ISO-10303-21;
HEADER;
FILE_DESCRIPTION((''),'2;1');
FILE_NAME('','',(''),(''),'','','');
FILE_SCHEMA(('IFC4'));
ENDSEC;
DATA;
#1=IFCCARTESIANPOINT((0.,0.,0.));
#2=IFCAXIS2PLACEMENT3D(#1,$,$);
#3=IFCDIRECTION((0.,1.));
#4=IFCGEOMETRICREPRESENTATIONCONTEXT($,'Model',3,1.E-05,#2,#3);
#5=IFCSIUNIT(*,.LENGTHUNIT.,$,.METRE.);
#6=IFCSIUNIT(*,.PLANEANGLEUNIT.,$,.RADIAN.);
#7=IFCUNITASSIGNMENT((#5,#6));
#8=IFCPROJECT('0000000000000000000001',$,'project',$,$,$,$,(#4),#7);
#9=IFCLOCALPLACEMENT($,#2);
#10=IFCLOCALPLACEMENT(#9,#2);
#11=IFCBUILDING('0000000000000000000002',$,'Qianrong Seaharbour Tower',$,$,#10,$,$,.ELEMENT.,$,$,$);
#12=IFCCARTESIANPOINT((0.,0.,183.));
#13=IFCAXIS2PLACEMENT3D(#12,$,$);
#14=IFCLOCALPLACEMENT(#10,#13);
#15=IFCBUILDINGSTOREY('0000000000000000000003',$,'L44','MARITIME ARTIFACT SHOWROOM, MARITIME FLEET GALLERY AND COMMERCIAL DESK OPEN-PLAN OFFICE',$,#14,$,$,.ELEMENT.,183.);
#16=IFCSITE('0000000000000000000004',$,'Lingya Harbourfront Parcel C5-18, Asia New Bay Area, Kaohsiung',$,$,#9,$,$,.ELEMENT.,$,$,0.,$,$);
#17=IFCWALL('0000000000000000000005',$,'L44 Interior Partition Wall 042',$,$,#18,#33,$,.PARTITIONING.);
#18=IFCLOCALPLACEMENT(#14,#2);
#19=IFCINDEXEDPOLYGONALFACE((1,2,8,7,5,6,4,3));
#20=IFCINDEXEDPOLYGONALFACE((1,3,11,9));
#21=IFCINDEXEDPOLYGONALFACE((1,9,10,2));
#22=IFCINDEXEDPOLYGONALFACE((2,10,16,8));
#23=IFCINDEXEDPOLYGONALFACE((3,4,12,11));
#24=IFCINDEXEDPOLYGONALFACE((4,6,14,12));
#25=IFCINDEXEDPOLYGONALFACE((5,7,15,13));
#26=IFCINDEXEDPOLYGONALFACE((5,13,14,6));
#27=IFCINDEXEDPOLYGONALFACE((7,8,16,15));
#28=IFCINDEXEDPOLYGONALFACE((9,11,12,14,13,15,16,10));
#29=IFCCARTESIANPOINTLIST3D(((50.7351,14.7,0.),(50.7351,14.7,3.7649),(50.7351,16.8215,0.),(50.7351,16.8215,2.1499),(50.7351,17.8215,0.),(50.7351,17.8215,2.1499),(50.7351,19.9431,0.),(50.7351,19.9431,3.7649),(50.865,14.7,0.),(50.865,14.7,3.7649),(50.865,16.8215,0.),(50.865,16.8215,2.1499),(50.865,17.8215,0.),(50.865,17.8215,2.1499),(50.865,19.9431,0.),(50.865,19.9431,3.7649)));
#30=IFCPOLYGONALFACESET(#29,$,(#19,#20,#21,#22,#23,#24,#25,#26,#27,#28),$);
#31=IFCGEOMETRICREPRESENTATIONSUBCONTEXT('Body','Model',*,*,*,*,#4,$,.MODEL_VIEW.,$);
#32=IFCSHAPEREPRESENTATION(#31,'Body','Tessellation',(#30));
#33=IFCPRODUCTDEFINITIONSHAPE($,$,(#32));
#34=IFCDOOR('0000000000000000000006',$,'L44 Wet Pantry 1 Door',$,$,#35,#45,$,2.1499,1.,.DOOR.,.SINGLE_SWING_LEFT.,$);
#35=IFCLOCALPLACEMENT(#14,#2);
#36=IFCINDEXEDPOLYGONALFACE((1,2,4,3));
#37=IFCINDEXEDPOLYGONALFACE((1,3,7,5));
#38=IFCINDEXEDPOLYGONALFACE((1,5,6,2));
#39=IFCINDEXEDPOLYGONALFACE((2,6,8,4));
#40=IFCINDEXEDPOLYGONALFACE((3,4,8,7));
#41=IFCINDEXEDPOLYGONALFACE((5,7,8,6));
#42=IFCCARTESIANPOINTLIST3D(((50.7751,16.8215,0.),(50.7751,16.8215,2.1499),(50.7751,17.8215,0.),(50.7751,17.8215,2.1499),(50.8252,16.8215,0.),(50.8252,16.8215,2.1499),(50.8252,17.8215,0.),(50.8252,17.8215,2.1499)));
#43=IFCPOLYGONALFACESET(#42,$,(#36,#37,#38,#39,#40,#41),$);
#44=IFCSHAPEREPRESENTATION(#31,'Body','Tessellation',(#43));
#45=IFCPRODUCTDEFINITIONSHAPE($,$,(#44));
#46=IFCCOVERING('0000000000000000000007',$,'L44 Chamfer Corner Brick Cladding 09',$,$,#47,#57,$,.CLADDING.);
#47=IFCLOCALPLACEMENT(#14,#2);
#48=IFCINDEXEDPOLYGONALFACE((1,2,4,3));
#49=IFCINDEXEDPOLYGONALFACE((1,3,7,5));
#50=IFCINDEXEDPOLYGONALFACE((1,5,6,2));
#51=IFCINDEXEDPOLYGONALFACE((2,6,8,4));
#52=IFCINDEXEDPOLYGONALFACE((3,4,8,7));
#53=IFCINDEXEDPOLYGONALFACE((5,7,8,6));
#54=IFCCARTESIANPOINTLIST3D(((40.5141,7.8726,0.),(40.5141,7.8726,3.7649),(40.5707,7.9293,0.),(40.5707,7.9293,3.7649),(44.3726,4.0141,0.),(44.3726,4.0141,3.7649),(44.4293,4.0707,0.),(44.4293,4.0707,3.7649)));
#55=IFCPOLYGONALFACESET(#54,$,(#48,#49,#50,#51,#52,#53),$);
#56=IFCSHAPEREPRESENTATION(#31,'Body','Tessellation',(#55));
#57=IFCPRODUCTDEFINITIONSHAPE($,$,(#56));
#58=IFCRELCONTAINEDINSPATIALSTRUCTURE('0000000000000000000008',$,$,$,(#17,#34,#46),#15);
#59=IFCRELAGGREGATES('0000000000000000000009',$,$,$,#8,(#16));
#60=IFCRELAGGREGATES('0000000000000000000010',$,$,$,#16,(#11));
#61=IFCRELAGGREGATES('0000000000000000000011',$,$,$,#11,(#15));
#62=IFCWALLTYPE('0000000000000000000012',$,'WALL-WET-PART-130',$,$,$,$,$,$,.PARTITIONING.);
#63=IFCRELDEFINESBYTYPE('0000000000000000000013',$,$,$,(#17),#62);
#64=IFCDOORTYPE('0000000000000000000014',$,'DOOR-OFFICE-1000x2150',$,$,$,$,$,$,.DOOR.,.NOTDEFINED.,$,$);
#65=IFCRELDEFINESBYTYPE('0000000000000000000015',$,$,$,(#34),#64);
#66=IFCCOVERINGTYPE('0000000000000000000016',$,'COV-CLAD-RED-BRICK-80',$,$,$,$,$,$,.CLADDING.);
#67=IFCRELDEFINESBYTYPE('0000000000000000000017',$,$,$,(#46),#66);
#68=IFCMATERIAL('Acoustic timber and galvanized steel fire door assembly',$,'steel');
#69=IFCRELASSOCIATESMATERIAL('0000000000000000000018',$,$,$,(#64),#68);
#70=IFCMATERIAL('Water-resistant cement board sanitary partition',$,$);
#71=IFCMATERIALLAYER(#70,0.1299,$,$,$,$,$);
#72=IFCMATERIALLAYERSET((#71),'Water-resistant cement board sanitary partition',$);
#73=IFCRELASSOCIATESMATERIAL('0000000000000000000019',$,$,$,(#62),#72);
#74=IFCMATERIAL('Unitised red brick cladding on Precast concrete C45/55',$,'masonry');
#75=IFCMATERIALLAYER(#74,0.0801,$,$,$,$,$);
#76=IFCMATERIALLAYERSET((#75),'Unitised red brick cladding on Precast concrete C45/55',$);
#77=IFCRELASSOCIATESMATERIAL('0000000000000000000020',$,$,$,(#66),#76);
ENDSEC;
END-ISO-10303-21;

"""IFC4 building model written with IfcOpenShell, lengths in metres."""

from ifc_helpers import new_model, si_unit, direction, frame, frame_2d, origin, origin_2d, place, context, subcontext, project, spatial, rectangle, extrude, material, layer, layer_set, type_object, element, fill, save


model = new_model("IFC4")

# Units and contexts
model_context = context("Model", 3, precision=1e-05, world=origin(), true_north=direction((0.0, 1.0)))
body_context = subcontext(model_context, "Body", "Model", "MODEL_VIEW")
ifc_project = project(units=[si_unit("LENGTHUNIT", "METRE"), si_unit("PLANEANGLEUNIT", "RADIAN")], contexts=[model_context])

# Site, building, storey
site_placement = place(None, origin())
site = spatial("IfcSite", under=ifc_project, at=site_placement, Name="Lingya Harbourfront Parcel C5-18, Asia New Bay Area, Kaohsiung", CompositionType="ELEMENT", RefElevation=0.0)
building_placement = place(site_placement, origin())
building = spatial("IfcBuilding", under=site, at=building_placement, Name="Qianrong Seaharbour Tower", CompositionType="ELEMENT")
storey_placement = place(building_placement, frame((0.0, 0.0, 183.0)))
storey = spatial("IfcBuildingStorey", under=building, at=storey_placement, Name="L44", Description="MARITIME ARTIFACT SHOWROOM, MARITIME FLEET GALLERY AND COMMERCIAL DESK OPEN-PLAN OFFICE", CompositionType="ELEMENT", Elevation=183.0)

# Shared definitions
ifc_material_1 = material(Name="Acoustic timber and galvanized steel fire door assembly", Category="steel")

# Shared definitions
door_type_1 = type_object("IfcDoorType", Name="DOOR-OFFICE-1000x2150", OperationType="NOTDEFINED", PredefinedType="DOOR", material=ifc_material_1)

# Wall, opening, door
ifc_material_2 = material(Name="Water-resistant cement board sanitary partition")
ifc_layer_1 = layer(ifc_material_2, 0.1299)
ifc_layer_set_1 = layer_set([ifc_layer_1], Name="Water-resistant cement board sanitary partition")
wall_type_1 = type_object("IfcWallType", Name="WALL-WET-PART-130", PredefinedType="PARTITIONING", material=ifc_layer_set_1)
wall_1_placement = place(storey_placement, frame((50.8, 14.7, 0.0), z_axis=(0.0, 0.0, 1.0), x_axis=(0.0, 1.0, 0.0)))
wall_1 = element("IfcWall", 1, at=wall_1_placement, inside=storey, type_object=wall_type_1, Name="L44 Interior Partition Wall 042", PredefinedType="PARTITIONING", context=body_context, shape_type="SweptSolid", body=[
    extrude(rectangle(XDim=5.2432, YDim=0.1299, at=frame_2d((2.6216, 0.0))), origin(), (0.0, 0.0, 1.0), 3.7649),
])
opening_1_placement = place(wall_1_placement, frame((2.1216, 0.0, 0.0)))
opening_1 = element("IfcOpeningElement", 2, at=opening_1_placement, cuts=wall_1, PredefinedType="OPENING", context=body_context, shape_type="SweptSolid", body=[
    extrude(rectangle(XDim=1.0, YDim=2.1499, at=frame_2d((0.5, 1.075))), frame((0.0, 0.075, 0.0), z_axis=(0.0, -1.0, 0.0), x_axis=(1.0, 0.0, 0.0)), (0.0, 0.0, 1.0), 0.1499),
])
door_1_placement = place(opening_1_placement, origin())
door_1 = element("IfcDoor", 3, at=door_1_placement, inside=storey, type_object=door_type_1, Name="L44 Wet Pantry 1 Door", OperationType="SINGLE_SWING_LEFT", OverallHeight=2.1499, OverallWidth=1.0, PredefinedType="DOOR", context=body_context, shape_type="SweptSolid", body=[
    extrude(rectangle(XDim=1.0, YDim=2.1499, at=frame_2d((0.5, 1.075))), frame((0.0, 0.0249, 0.0), z_axis=(0.0, -1.0, 0.0), x_axis=(1.0, 0.0, 0.0)), (0.0, 0.0, 1.0), 0.05),
])
fill(opening_1, door_1)

# Covering
ifc_material_3 = material(Name="Unitised red brick cladding on Precast concrete C45/55", Category="masonry")
ifc_layer_2 = layer(ifc_material_3, 0.0801)
ifc_layer_set_2 = layer_set([ifc_layer_2], Name="Unitised red brick cladding on Precast concrete C45/55")
covering_type = type_object("IfcCoveringType", Name="COV-CLAD-RED-BRICK-80", PredefinedType="CLADDING", material=ifc_layer_set_2)
covering_placement = place(storey_placement, frame((42.4717, 5.9717, 0.0), z_axis=(0.0, 0.0, 1.0), x_axis=(-0.707107, 0.707107, 0.0)))
element("IfcCovering", 4, at=covering_placement, inside=storey, type_object=covering_type, Name="L44 Chamfer Corner Brick Cladding 09", PredefinedType="CLADDING", context=body_context, shape_type="SweptSolid", body=[
    extrude(rectangle(XDim=5.4568, YDim=0.0801, at=origin_2d()), origin(), (0.0, 0.0, 1.0), 3.7649),
])

save(model, "model.ifc")
